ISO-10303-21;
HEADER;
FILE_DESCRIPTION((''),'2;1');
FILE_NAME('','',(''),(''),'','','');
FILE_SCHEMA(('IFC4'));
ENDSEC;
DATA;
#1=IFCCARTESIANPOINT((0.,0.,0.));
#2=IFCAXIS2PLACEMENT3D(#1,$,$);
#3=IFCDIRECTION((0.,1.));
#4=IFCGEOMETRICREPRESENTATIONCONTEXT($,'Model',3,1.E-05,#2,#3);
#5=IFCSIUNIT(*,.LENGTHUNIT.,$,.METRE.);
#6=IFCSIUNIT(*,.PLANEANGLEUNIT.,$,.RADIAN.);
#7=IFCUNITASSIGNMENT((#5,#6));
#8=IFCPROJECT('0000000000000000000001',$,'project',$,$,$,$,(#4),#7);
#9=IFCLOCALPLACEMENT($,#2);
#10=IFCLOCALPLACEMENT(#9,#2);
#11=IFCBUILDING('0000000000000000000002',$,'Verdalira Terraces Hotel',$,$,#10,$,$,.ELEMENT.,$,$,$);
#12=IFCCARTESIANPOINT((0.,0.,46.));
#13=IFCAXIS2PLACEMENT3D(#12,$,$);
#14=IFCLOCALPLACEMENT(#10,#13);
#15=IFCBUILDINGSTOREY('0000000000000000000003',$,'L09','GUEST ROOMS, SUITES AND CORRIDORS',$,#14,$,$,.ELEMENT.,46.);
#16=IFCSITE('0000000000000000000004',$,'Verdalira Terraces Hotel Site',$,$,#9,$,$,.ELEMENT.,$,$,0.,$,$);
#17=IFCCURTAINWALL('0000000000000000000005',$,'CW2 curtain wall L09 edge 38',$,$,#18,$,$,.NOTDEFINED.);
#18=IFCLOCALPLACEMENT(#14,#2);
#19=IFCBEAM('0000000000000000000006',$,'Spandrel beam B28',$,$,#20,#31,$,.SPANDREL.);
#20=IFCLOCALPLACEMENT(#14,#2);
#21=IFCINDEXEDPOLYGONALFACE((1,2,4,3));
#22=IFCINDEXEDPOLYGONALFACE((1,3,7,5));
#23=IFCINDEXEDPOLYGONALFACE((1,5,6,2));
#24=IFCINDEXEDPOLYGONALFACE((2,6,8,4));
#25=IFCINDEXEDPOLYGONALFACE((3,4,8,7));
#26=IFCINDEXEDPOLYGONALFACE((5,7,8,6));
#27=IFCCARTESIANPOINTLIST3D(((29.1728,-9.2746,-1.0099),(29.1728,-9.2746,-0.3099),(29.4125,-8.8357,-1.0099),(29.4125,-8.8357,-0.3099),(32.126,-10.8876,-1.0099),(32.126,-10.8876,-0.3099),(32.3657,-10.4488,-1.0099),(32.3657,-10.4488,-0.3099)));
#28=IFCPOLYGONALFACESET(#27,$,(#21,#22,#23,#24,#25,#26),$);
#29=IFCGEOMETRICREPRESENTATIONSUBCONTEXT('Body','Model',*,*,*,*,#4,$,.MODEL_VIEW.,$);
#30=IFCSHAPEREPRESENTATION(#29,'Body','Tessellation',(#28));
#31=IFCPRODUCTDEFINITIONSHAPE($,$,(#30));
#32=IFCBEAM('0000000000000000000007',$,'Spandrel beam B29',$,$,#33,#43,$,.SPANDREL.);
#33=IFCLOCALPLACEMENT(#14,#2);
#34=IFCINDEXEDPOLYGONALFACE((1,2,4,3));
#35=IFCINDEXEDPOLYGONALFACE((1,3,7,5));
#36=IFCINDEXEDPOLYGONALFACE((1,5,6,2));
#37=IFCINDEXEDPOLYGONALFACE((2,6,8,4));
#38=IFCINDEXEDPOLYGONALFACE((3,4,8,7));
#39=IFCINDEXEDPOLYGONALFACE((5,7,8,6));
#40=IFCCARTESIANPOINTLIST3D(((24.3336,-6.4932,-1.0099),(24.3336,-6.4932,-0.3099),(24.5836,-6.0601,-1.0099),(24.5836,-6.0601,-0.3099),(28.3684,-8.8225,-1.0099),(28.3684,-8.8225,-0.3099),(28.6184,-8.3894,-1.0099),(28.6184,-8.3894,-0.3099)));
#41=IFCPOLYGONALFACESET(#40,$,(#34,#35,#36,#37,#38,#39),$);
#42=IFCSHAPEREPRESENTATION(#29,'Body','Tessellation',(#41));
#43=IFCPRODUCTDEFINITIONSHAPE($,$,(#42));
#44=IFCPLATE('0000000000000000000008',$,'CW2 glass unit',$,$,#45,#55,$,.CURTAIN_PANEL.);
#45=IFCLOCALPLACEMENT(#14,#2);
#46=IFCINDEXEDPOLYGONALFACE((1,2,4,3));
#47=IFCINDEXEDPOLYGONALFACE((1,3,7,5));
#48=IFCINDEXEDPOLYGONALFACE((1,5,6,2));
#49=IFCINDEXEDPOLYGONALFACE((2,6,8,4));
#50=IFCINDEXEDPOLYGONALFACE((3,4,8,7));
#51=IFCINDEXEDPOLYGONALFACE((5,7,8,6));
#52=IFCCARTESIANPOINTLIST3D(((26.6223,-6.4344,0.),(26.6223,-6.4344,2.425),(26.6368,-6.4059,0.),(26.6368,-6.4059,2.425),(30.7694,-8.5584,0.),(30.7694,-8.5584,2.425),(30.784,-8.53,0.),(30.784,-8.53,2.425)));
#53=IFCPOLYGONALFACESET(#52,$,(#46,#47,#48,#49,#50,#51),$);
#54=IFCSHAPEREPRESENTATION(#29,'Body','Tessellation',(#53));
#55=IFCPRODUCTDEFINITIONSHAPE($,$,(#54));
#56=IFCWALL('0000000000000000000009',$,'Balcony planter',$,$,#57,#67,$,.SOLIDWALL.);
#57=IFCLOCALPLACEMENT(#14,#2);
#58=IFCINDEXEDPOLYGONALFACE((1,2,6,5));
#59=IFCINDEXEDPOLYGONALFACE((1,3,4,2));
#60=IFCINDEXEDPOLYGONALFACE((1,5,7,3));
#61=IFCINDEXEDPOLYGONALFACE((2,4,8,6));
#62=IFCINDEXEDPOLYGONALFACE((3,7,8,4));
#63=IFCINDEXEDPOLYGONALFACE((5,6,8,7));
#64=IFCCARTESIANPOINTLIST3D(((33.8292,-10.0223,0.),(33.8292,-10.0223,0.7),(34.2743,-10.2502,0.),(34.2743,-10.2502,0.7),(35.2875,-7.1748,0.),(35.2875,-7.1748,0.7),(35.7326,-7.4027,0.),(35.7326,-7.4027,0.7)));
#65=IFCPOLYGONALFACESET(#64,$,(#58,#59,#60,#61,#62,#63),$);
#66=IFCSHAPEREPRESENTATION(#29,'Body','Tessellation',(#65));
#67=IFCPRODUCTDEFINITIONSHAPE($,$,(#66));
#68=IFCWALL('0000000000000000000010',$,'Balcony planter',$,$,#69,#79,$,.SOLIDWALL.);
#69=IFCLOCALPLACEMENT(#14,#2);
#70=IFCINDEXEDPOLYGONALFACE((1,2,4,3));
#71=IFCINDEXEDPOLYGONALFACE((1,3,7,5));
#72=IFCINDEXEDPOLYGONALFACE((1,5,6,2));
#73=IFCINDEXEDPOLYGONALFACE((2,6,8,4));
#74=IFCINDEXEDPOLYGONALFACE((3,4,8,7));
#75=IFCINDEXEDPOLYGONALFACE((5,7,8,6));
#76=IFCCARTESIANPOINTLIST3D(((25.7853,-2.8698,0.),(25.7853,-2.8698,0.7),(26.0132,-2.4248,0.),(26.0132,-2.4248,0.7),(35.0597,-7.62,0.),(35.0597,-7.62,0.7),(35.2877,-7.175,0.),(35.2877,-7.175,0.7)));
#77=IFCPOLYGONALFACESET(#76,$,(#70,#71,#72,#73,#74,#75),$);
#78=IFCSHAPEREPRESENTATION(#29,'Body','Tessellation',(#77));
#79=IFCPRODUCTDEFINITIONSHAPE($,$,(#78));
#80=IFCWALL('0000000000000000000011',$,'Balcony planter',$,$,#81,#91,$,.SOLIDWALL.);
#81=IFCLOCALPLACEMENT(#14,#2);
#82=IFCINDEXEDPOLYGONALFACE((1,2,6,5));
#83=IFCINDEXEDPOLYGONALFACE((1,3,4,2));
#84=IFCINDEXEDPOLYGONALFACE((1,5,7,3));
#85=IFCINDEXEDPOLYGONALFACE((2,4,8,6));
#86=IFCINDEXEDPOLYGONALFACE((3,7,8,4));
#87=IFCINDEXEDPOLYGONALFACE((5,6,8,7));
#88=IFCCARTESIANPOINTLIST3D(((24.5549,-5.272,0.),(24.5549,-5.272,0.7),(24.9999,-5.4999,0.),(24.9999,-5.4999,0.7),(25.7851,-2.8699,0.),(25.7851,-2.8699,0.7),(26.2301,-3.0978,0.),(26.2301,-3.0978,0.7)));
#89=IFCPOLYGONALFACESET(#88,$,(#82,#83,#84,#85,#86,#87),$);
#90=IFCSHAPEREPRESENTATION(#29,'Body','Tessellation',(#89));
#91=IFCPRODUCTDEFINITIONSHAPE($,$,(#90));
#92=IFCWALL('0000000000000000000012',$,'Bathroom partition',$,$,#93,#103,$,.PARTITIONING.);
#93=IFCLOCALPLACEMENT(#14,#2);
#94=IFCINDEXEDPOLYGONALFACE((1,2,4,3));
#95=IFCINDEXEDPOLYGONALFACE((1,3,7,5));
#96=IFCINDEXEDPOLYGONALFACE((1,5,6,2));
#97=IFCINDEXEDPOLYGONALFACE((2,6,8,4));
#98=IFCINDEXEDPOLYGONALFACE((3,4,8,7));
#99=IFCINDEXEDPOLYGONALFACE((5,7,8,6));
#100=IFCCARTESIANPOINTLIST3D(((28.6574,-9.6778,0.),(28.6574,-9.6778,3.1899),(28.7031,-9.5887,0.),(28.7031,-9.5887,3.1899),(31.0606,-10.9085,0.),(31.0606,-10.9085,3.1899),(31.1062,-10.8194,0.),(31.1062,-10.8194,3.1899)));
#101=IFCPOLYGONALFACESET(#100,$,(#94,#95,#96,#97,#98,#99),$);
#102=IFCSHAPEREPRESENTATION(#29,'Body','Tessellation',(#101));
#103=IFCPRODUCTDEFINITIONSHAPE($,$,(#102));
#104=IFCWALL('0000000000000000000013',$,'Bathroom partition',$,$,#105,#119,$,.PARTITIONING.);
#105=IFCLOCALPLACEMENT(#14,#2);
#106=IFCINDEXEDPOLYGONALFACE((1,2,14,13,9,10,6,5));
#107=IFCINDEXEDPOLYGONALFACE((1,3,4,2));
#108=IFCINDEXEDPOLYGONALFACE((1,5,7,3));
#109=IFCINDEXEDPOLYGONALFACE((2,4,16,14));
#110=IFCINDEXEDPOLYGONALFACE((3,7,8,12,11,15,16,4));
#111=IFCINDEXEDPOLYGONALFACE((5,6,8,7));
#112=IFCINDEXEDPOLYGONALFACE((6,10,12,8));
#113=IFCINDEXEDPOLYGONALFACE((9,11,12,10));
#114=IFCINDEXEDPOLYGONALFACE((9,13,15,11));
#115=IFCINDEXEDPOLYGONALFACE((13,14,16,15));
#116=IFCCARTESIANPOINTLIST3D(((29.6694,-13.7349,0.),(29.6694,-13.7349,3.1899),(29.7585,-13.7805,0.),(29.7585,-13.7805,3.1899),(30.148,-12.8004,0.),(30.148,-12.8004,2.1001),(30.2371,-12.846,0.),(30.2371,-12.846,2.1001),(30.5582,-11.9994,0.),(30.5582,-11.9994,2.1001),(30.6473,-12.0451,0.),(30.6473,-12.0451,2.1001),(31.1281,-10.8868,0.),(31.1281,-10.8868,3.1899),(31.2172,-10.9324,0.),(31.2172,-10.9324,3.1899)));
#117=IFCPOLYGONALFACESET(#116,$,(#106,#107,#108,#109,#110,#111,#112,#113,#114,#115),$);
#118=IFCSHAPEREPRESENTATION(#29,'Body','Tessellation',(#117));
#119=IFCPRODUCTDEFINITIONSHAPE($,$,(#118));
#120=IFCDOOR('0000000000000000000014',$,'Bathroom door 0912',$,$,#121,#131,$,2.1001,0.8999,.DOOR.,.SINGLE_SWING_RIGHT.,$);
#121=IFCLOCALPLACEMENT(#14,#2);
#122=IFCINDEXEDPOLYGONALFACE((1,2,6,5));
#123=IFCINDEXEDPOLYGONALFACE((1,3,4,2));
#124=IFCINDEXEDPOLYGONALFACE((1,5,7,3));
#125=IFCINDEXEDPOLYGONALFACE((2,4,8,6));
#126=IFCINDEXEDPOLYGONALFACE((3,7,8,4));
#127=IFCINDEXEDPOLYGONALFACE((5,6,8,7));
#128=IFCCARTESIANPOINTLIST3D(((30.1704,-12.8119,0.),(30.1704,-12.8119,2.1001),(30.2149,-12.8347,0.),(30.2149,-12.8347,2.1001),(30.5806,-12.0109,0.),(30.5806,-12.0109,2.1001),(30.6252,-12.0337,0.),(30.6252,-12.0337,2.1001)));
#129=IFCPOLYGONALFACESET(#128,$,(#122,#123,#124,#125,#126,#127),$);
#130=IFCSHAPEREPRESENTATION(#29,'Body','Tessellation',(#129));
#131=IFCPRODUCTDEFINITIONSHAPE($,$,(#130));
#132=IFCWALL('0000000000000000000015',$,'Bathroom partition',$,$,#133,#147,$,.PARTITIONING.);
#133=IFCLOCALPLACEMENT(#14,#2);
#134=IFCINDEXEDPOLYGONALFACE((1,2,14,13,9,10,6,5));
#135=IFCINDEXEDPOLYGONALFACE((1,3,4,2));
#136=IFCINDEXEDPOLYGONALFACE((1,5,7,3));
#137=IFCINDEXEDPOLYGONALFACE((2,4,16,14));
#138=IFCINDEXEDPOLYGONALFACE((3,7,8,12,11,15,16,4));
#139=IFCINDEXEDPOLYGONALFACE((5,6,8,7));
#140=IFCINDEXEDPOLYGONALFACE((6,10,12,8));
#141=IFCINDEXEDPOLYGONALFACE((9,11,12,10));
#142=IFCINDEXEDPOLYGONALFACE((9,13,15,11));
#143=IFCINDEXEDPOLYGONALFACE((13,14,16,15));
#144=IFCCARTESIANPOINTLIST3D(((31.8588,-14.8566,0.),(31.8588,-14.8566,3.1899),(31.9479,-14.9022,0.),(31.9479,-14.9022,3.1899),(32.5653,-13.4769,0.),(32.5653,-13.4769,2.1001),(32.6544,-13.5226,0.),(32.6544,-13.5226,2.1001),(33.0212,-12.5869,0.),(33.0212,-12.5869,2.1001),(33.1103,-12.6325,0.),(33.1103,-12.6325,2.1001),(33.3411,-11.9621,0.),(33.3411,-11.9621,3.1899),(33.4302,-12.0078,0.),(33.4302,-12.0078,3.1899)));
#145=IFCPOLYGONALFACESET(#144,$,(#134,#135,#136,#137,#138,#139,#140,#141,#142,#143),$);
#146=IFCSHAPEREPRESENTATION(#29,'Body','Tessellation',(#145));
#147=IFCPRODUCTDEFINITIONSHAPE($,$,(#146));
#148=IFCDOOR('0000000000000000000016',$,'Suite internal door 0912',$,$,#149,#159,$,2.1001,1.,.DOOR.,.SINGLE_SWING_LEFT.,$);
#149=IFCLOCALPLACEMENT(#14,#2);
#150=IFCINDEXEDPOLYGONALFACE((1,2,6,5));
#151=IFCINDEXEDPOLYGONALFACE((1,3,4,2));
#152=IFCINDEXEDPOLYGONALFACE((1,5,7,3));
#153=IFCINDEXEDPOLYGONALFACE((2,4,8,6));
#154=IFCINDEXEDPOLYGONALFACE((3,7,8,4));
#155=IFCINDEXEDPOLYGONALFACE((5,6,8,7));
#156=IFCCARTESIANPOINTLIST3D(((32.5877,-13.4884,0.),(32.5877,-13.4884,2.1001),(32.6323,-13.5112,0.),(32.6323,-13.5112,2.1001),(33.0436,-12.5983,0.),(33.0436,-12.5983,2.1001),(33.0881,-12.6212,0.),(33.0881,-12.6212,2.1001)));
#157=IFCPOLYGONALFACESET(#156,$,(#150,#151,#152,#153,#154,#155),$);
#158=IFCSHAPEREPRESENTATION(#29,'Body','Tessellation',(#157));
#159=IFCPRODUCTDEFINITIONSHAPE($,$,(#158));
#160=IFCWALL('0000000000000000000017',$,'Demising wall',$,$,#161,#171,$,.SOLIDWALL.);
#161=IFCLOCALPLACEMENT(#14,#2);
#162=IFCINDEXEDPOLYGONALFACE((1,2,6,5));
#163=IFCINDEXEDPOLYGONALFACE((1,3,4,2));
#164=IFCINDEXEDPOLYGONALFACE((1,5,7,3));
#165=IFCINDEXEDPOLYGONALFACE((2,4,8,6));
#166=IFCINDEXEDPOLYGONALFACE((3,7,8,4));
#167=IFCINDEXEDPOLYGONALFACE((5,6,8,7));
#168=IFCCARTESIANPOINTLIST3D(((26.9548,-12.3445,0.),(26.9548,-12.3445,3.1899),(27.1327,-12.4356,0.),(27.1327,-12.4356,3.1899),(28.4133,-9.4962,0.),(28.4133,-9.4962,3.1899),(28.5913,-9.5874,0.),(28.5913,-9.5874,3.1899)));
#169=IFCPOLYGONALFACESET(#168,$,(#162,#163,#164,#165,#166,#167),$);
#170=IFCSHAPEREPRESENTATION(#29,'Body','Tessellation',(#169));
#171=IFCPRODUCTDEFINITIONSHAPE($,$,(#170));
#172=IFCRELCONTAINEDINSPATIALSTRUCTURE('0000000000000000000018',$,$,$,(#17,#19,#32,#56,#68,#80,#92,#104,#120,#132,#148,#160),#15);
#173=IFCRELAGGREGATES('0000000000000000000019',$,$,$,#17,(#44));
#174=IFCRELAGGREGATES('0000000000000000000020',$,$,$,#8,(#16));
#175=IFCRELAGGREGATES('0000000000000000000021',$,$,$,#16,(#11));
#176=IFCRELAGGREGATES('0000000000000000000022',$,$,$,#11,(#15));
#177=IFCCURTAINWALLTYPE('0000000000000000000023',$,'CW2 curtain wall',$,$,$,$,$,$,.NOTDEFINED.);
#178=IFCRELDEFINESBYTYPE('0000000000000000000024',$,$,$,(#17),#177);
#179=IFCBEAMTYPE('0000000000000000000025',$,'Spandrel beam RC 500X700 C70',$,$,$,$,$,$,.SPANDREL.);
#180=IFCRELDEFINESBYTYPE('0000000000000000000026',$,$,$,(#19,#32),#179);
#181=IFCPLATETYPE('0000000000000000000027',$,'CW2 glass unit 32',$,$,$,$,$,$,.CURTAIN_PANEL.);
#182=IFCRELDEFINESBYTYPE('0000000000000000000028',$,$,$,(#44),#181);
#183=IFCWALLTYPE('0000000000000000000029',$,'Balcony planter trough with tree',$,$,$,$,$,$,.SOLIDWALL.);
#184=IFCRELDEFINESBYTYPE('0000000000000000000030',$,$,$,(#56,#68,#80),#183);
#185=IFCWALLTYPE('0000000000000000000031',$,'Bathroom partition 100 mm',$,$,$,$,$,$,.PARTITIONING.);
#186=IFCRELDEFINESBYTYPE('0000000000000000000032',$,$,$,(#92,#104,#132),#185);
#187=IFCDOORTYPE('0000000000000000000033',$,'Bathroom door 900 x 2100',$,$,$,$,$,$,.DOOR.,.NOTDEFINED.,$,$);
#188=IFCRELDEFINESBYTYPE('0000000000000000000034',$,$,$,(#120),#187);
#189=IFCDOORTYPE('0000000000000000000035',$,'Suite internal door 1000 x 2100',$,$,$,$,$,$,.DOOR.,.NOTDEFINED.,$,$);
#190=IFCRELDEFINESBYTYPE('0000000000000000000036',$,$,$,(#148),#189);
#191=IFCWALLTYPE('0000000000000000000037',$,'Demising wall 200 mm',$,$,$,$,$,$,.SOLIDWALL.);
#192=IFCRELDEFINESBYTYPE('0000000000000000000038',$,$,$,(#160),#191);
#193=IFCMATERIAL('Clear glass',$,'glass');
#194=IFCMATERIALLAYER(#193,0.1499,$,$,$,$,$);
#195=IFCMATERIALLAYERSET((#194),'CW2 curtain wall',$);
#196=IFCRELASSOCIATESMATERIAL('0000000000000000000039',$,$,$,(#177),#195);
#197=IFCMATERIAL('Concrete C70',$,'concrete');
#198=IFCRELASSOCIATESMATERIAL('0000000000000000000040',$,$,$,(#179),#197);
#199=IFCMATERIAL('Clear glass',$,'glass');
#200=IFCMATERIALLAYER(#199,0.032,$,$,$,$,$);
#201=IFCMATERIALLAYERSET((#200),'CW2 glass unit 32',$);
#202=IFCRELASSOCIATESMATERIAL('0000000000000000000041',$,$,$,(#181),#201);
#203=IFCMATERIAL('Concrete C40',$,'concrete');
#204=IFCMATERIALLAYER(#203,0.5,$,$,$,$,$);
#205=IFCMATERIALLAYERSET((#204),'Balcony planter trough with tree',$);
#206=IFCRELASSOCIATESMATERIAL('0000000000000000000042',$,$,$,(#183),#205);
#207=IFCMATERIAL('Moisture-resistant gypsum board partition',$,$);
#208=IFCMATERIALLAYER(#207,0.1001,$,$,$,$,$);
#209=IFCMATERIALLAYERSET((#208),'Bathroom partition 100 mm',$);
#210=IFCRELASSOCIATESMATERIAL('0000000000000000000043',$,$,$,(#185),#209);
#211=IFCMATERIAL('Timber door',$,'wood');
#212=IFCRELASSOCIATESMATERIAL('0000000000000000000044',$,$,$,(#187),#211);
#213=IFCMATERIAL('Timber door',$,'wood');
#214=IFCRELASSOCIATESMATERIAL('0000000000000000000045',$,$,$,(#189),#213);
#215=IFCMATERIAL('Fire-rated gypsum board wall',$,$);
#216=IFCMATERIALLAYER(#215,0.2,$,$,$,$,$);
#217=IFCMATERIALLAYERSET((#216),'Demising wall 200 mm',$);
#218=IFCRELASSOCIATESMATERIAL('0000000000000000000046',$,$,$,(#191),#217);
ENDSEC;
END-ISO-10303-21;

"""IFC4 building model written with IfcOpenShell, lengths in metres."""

from ifc_helpers import new_model, si_unit, direction, frame, frame_2d, origin, origin_2d, place, context, subcontext, project, spatial, rectangle, extrude, material, layer, layer_set, material_profile, profile_set, type_object, element, fill, aggregate, save


model = new_model("IFC4")

# Units and contexts
model_context = context("Model", 3, precision=1e-05, world=origin(), true_north=direction((0.0, 1.0)))
body_context = subcontext(model_context, "Body", "Model", "MODEL_VIEW")
ifc_project = project(units=[si_unit("LENGTHUNIT", "METRE"), si_unit("PLANEANGLEUNIT", "RADIAN")], contexts=[model_context])

# Site, building, storey
site_placement = place(None, origin())
site = spatial("IfcSite", under=ifc_project, at=site_placement, Name="Verdalira Terraces Hotel Site", CompositionType="ELEMENT", RefElevation=0.0)
building_placement = place(site_placement, origin())
building = spatial("IfcBuilding", under=site, at=building_placement, Name="Verdalira Terraces Hotel", CompositionType="ELEMENT")
storey_placement = place(building_placement, frame((0.0, 0.0, 46.0)))
storey = spatial("IfcBuildingStorey", under=building, at=storey_placement, Name="L09", Description="GUEST ROOMS, SUITES AND CORRIDORS", CompositionType="ELEMENT", Elevation=46.0)

# Curtain wall
ifc_material_1 = material(Name="Clear glass", Category="glass")
ifc_layer_1 = layer(ifc_material_1, 0.1499)
ifc_layer_set_1 = layer_set([ifc_layer_1], Name="CW2 curtain wall")
curtain_wall_type_1 = type_object("IfcCurtainWallType", Name="CW2 curtain wall", PredefinedType="NOTDEFINED", material=ifc_layer_set_1)
curtain_wall_1_placement = place(storey_placement, origin())
curtain_wall_1 = element("IfcCurtainWall", 1, at=curtain_wall_1_placement, inside=storey, type_object=curtain_wall_type_1, Name="CW2 curtain wall L09 edge 38", PredefinedType="NOTDEFINED")

# Beams
ifc_material_2 = material(Name="Concrete C70", Category="concrete")
ifc_material_profile_1 = material_profile(ifc_material_2, rectangle(XDim=0.5, YDim=0.7, at=origin_2d()), Name="RC 500X700")
ifc_profile_set_1 = profile_set([ifc_material_profile_1], Name="Concrete C70")
beam_type_1 = type_object("IfcBeamType", Name="Spandrel beam RC 500X700 C70", PredefinedType="SPANDREL", material=ifc_profile_set_1)
beam_1_placement = place(storey_placement, frame((32.2458, -10.6682, -0.6599), z_axis=(-0.877615, 0.479365, 0.0), x_axis=(-0.479365, -0.877615, 0.0)))
element("IfcBeam", 2, at=beam_1_placement, inside=storey, type_object=beam_type_1, Name="Spandrel beam B28", PredefinedType="SPANDREL", context=body_context, shape_type="SweptSolid", body=[
    extrude(rectangle(XDim=0.5, YDim=0.7, at=origin_2d()), origin(), (0.0, 0.0, 1.0), 3.365),
])
beam_2_placement = place(storey_placement, frame((28.4934, -8.606, -0.6599), z_axis=(-0.866045, 0.499966, 0.0), x_axis=(-0.499966, -0.866045, 0.0)))
element("IfcBeam", 3, at=beam_2_placement, inside=storey, type_object=beam_type_1, Name="Spandrel beam B29", PredefinedType="SPANDREL", context=body_context, shape_type="SweptSolid", body=[
    extrude(rectangle(XDim=0.5, YDim=0.7, at=origin_2d()), origin(), (0.0, 0.0, 1.0), 4.6589),
])

# Plate
ifc_material_3 = material(Name="Clear glass", Category="glass")
ifc_layer_2 = layer(ifc_material_3, 0.032)
ifc_layer_set_2 = layer_set([ifc_layer_2], Name="CW2 glass unit 32")
plate_type = type_object("IfcPlateType", Name="CW2 glass unit 32", PredefinedType="CURTAIN_PANEL", material=ifc_layer_set_2)
plate_placement = place(storey_placement, frame((28.7031, -7.4822, 0.0), z_axis=(0.0, 0.0, 1.0), x_axis=(-0.890054, 0.455856, 0.0)))
plate = element("IfcPlate", 4, at=plate_placement, type_object=plate_type, Name="CW2 glass unit", PredefinedType="CURTAIN_PANEL", context=body_context, shape_type="SweptSolid", body=[
    extrude(rectangle(XDim=4.6594, YDim=0.032, at=origin_2d()), origin(), (0.0, 0.0, 1.0), 2.425),
])
aggregate(curtain_wall_1, [plate])

# Walls
ifc_material_4 = material(Name="Concrete C40", Category="concrete")
ifc_layer_3 = layer(ifc_material_4, 0.5)
ifc_layer_set_3 = layer_set([ifc_layer_3], Name="Balcony planter trough with tree")
wall_type_1 = type_object("IfcWallType", Name="Balcony planter trough with tree", PredefinedType="SOLIDWALL", material=ifc_layer_set_3)
wall_1_placement = place(storey_placement, frame((34.0518, -10.1362, 0.0), z_axis=(0.0, 0.0, 1.0), x_axis=(0.455832, 0.890066, 0.0)))
element("IfcWall", 5, at=wall_1_placement, inside=storey, type_object=wall_type_1, Name="Balcony planter", PredefinedType="SOLIDWALL", context=body_context, shape_type="SweptSolid", body=[
    extrude(rectangle(XDim=3.1992, YDim=0.5, at=frame_2d((1.5996, 0.0))), origin(), (0.0, 0.0, 1.0), 0.7),
])
wall_2_placement = place(storey_placement, frame((35.1736, -7.3975, 0.0), z_axis=(0.0, 0.0, 1.0), x_axis=(-0.890046, 0.455871, 0.0)))
element("IfcWall", 6, at=wall_2_placement, inside=storey, type_object=wall_type_1, Name="Balcony planter", PredefinedType="SOLIDWALL", context=body_context, shape_type="SweptSolid", body=[
    extrude(rectangle(XDim=10.4202, YDim=0.5, at=frame_2d((5.21, 0.0))), origin(), (0.0, 0.0, 1.0), 0.7),
])
wall_3_placement = place(storey_placement, frame((26.0076, -2.9839, 0.0), z_axis=(0.0, 0.0, 1.0), x_axis=(-0.455841, -0.890061, 0.0)))
element("IfcWall", 7, at=wall_3_placement, inside=storey, type_object=wall_type_1, Name="Balcony planter", PredefinedType="SOLIDWALL", context=body_context, shape_type="SweptSolid", body=[
    extrude(rectangle(XDim=2.6987, YDim=0.5, at=frame_2d((1.3494, 0.0))), origin(), (0.0, 0.0, 1.0), 0.7),
])
ifc_material_5 = material(Name="Moisture-resistant gypsum board partition")
ifc_layer_4 = layer(ifc_material_5, 0.1001)
ifc_layer_set_4 = layer_set([ifc_layer_4], Name="Bathroom partition 100 mm")
wall_type_2 = type_object("IfcWallType", Name="Bathroom partition 100 mm", PredefinedType="PARTITIONING", material=ifc_layer_set_4)
wall_4_placement = place(storey_placement, frame((31.0835, -10.864, 0.0), z_axis=(0.0, 0.0, 1.0), x_axis=(-0.890063, 0.455837, 0.0)))
element("IfcWall", 8, at=wall_4_placement, inside=storey, type_object=wall_type_2, Name="Bathroom partition", PredefinedType="PARTITIONING", context=body_context, shape_type="SweptSolid", body=[
    extrude(rectangle(XDim=2.7, YDim=0.1001, at=frame_2d((1.3501, 0.0))), origin(), (0.0, 0.0, 1.0), 3.1899),
])

# Walls, openings, doors
wall_5_placement = place(storey_placement, frame((29.7139, -13.7578, 0.0), z_axis=(0.0, 0.0, 1.0), x_axis=(0.45586, 0.890052, 0.0)))
wall_5 = element("IfcWall", 9, at=wall_5_placement, inside=storey, type_object=wall_type_2, Name="Bathroom partition", PredefinedType="PARTITIONING", context=body_context, shape_type="SweptSolid", body=[
    extrude(rectangle(XDim=3.2, YDim=0.1001, at=frame_2d((1.6001, 0.0))), origin(), (0.0, 0.0, 1.0), 3.1899),
])
opening_1_placement = place(wall_5_placement, frame((1.05, 0.0, 0.0)))
opening_1 = element("IfcOpeningElement", 10, at=opening_1_placement, cuts=wall_5, PredefinedType="OPENING", context=body_context, shape_type="SweptSolid", body=[
    extrude(rectangle(XDim=0.8999, YDim=2.1001, at=frame_2d((0.45, 1.05))), frame((0.0, 0.0601, 0.0), z_axis=(0.0, -1.0, 0.0), x_axis=(1.0, 0.0, 0.0)), (0.0, 0.0, 1.0), 0.1201),
])
ifc_material_6 = material(Name="Timber door", Category="wood")
door_type_1 = type_object("IfcDoorType", Name="Bathroom door 900 x 2100", OperationType="NOTDEFINED", PredefinedType="DOOR", material=ifc_material_6)
door_1_placement = place(opening_1_placement, origin())
door_1 = element("IfcDoor", 11, at=door_1_placement, inside=storey, type_object=door_type_1, Name="Bathroom door 0912", OperationType="SINGLE_SWING_RIGHT", OverallHeight=2.1001, OverallWidth=0.8999, PredefinedType="DOOR", context=body_context, shape_type="SweptSolid", body=[
    extrude(rectangle(XDim=0.8999, YDim=2.1001, at=frame_2d((0.45, 1.05))), frame((0.0, 0.0249, 0.0), z_axis=(0.0, -1.0, 0.0), x_axis=(1.0, 0.0, 0.0)), (0.0, 0.0, 1.0), 0.05),
])
fill(opening_1, door_1)
wall_6_placement = place(storey_placement, frame((31.9033, -14.8794, 0.0), z_axis=(0.0, 0.0, 1.0), x_axis=(0.455841, 0.890061, 0.0)))
wall_6 = element("IfcWall", 12, at=wall_6_placement, inside=storey, type_object=wall_type_2, Name="Bathroom partition", PredefinedType="PARTITIONING", context=body_context, shape_type="SweptSolid", body=[
    extrude(rectangle(XDim=3.252, YDim=0.1001, at=frame_2d((1.626, 0.0))), origin(), (0.0, 0.0, 1.0), 3.1899),
])
opening_2_placement = place(wall_6_placement, frame((1.55, 0.0, 0.0)))
opening_2 = element("IfcOpeningElement", 13, at=opening_2_placement, cuts=wall_6, PredefinedType="OPENING", context=body_context, shape_type="SweptSolid", body=[
    extrude(rectangle(XDim=1.0, YDim=2.1001, at=frame_2d((0.5, 1.05))), frame((0.0, 0.0601, 0.0), z_axis=(0.0, -1.0, 0.0), x_axis=(1.0, 0.0, 0.0)), (0.0, 0.0, 1.0), 0.1201),
])
ifc_material_7 = material(Name="Timber door", Category="wood")
door_type_2 = type_object("IfcDoorType", Name="Suite internal door 1000 x 2100", OperationType="NOTDEFINED", PredefinedType="DOOR", material=ifc_material_7)
door_2_placement = place(opening_2_placement, origin())
door_2 = element("IfcDoor", 14, at=door_2_placement, inside=storey, type_object=door_type_2, Name="Suite internal door 0912", OperationType="SINGLE_SWING_LEFT", OverallHeight=2.1001, OverallWidth=1.0, PredefinedType="DOOR", context=body_context, shape_type="SweptSolid", body=[
    extrude(rectangle(XDim=1.0, YDim=2.1001, at=frame_2d((0.5, 1.05))), frame((0.0, 0.0249, 0.0), z_axis=(0.0, -1.0, 0.0), x_axis=(1.0, 0.0, 0.0)), (0.0, 0.0, 1.0), 0.05),
])
fill(opening_2, door_2)

# Wall
ifc_material_8 = material(Name="Fire-rated gypsum board wall")
ifc_layer_5 = layer(ifc_material_8, 0.2)
ifc_layer_set_5 = layer_set([ifc_layer_5], Name="Demising wall 200 mm")
wall_type_3 = type_object("IfcWallType", Name="Demising wall 200 mm", PredefinedType="SOLIDWALL", material=ifc_layer_set_5)
wall_7_placement = place(storey_placement, frame((27.0437, -12.3901, 0.0), z_axis=(0.0, 0.0, 1.0), x_axis=(0.455799, 0.890083, 0.0)))
element("IfcWall", 15, at=wall_7_placement, inside=storey, type_object=wall_type_3, Name="Demising wall", PredefinedType="SOLIDWALL", context=body_context, shape_type="SweptSolid", body=[
    extrude(rectangle(XDim=3.2, YDim=0.2, at=frame_2d((1.6001, 0.0))), origin(), (0.0, 0.0, 1.0), 3.1899),
])

save(model, "model.ifc")
